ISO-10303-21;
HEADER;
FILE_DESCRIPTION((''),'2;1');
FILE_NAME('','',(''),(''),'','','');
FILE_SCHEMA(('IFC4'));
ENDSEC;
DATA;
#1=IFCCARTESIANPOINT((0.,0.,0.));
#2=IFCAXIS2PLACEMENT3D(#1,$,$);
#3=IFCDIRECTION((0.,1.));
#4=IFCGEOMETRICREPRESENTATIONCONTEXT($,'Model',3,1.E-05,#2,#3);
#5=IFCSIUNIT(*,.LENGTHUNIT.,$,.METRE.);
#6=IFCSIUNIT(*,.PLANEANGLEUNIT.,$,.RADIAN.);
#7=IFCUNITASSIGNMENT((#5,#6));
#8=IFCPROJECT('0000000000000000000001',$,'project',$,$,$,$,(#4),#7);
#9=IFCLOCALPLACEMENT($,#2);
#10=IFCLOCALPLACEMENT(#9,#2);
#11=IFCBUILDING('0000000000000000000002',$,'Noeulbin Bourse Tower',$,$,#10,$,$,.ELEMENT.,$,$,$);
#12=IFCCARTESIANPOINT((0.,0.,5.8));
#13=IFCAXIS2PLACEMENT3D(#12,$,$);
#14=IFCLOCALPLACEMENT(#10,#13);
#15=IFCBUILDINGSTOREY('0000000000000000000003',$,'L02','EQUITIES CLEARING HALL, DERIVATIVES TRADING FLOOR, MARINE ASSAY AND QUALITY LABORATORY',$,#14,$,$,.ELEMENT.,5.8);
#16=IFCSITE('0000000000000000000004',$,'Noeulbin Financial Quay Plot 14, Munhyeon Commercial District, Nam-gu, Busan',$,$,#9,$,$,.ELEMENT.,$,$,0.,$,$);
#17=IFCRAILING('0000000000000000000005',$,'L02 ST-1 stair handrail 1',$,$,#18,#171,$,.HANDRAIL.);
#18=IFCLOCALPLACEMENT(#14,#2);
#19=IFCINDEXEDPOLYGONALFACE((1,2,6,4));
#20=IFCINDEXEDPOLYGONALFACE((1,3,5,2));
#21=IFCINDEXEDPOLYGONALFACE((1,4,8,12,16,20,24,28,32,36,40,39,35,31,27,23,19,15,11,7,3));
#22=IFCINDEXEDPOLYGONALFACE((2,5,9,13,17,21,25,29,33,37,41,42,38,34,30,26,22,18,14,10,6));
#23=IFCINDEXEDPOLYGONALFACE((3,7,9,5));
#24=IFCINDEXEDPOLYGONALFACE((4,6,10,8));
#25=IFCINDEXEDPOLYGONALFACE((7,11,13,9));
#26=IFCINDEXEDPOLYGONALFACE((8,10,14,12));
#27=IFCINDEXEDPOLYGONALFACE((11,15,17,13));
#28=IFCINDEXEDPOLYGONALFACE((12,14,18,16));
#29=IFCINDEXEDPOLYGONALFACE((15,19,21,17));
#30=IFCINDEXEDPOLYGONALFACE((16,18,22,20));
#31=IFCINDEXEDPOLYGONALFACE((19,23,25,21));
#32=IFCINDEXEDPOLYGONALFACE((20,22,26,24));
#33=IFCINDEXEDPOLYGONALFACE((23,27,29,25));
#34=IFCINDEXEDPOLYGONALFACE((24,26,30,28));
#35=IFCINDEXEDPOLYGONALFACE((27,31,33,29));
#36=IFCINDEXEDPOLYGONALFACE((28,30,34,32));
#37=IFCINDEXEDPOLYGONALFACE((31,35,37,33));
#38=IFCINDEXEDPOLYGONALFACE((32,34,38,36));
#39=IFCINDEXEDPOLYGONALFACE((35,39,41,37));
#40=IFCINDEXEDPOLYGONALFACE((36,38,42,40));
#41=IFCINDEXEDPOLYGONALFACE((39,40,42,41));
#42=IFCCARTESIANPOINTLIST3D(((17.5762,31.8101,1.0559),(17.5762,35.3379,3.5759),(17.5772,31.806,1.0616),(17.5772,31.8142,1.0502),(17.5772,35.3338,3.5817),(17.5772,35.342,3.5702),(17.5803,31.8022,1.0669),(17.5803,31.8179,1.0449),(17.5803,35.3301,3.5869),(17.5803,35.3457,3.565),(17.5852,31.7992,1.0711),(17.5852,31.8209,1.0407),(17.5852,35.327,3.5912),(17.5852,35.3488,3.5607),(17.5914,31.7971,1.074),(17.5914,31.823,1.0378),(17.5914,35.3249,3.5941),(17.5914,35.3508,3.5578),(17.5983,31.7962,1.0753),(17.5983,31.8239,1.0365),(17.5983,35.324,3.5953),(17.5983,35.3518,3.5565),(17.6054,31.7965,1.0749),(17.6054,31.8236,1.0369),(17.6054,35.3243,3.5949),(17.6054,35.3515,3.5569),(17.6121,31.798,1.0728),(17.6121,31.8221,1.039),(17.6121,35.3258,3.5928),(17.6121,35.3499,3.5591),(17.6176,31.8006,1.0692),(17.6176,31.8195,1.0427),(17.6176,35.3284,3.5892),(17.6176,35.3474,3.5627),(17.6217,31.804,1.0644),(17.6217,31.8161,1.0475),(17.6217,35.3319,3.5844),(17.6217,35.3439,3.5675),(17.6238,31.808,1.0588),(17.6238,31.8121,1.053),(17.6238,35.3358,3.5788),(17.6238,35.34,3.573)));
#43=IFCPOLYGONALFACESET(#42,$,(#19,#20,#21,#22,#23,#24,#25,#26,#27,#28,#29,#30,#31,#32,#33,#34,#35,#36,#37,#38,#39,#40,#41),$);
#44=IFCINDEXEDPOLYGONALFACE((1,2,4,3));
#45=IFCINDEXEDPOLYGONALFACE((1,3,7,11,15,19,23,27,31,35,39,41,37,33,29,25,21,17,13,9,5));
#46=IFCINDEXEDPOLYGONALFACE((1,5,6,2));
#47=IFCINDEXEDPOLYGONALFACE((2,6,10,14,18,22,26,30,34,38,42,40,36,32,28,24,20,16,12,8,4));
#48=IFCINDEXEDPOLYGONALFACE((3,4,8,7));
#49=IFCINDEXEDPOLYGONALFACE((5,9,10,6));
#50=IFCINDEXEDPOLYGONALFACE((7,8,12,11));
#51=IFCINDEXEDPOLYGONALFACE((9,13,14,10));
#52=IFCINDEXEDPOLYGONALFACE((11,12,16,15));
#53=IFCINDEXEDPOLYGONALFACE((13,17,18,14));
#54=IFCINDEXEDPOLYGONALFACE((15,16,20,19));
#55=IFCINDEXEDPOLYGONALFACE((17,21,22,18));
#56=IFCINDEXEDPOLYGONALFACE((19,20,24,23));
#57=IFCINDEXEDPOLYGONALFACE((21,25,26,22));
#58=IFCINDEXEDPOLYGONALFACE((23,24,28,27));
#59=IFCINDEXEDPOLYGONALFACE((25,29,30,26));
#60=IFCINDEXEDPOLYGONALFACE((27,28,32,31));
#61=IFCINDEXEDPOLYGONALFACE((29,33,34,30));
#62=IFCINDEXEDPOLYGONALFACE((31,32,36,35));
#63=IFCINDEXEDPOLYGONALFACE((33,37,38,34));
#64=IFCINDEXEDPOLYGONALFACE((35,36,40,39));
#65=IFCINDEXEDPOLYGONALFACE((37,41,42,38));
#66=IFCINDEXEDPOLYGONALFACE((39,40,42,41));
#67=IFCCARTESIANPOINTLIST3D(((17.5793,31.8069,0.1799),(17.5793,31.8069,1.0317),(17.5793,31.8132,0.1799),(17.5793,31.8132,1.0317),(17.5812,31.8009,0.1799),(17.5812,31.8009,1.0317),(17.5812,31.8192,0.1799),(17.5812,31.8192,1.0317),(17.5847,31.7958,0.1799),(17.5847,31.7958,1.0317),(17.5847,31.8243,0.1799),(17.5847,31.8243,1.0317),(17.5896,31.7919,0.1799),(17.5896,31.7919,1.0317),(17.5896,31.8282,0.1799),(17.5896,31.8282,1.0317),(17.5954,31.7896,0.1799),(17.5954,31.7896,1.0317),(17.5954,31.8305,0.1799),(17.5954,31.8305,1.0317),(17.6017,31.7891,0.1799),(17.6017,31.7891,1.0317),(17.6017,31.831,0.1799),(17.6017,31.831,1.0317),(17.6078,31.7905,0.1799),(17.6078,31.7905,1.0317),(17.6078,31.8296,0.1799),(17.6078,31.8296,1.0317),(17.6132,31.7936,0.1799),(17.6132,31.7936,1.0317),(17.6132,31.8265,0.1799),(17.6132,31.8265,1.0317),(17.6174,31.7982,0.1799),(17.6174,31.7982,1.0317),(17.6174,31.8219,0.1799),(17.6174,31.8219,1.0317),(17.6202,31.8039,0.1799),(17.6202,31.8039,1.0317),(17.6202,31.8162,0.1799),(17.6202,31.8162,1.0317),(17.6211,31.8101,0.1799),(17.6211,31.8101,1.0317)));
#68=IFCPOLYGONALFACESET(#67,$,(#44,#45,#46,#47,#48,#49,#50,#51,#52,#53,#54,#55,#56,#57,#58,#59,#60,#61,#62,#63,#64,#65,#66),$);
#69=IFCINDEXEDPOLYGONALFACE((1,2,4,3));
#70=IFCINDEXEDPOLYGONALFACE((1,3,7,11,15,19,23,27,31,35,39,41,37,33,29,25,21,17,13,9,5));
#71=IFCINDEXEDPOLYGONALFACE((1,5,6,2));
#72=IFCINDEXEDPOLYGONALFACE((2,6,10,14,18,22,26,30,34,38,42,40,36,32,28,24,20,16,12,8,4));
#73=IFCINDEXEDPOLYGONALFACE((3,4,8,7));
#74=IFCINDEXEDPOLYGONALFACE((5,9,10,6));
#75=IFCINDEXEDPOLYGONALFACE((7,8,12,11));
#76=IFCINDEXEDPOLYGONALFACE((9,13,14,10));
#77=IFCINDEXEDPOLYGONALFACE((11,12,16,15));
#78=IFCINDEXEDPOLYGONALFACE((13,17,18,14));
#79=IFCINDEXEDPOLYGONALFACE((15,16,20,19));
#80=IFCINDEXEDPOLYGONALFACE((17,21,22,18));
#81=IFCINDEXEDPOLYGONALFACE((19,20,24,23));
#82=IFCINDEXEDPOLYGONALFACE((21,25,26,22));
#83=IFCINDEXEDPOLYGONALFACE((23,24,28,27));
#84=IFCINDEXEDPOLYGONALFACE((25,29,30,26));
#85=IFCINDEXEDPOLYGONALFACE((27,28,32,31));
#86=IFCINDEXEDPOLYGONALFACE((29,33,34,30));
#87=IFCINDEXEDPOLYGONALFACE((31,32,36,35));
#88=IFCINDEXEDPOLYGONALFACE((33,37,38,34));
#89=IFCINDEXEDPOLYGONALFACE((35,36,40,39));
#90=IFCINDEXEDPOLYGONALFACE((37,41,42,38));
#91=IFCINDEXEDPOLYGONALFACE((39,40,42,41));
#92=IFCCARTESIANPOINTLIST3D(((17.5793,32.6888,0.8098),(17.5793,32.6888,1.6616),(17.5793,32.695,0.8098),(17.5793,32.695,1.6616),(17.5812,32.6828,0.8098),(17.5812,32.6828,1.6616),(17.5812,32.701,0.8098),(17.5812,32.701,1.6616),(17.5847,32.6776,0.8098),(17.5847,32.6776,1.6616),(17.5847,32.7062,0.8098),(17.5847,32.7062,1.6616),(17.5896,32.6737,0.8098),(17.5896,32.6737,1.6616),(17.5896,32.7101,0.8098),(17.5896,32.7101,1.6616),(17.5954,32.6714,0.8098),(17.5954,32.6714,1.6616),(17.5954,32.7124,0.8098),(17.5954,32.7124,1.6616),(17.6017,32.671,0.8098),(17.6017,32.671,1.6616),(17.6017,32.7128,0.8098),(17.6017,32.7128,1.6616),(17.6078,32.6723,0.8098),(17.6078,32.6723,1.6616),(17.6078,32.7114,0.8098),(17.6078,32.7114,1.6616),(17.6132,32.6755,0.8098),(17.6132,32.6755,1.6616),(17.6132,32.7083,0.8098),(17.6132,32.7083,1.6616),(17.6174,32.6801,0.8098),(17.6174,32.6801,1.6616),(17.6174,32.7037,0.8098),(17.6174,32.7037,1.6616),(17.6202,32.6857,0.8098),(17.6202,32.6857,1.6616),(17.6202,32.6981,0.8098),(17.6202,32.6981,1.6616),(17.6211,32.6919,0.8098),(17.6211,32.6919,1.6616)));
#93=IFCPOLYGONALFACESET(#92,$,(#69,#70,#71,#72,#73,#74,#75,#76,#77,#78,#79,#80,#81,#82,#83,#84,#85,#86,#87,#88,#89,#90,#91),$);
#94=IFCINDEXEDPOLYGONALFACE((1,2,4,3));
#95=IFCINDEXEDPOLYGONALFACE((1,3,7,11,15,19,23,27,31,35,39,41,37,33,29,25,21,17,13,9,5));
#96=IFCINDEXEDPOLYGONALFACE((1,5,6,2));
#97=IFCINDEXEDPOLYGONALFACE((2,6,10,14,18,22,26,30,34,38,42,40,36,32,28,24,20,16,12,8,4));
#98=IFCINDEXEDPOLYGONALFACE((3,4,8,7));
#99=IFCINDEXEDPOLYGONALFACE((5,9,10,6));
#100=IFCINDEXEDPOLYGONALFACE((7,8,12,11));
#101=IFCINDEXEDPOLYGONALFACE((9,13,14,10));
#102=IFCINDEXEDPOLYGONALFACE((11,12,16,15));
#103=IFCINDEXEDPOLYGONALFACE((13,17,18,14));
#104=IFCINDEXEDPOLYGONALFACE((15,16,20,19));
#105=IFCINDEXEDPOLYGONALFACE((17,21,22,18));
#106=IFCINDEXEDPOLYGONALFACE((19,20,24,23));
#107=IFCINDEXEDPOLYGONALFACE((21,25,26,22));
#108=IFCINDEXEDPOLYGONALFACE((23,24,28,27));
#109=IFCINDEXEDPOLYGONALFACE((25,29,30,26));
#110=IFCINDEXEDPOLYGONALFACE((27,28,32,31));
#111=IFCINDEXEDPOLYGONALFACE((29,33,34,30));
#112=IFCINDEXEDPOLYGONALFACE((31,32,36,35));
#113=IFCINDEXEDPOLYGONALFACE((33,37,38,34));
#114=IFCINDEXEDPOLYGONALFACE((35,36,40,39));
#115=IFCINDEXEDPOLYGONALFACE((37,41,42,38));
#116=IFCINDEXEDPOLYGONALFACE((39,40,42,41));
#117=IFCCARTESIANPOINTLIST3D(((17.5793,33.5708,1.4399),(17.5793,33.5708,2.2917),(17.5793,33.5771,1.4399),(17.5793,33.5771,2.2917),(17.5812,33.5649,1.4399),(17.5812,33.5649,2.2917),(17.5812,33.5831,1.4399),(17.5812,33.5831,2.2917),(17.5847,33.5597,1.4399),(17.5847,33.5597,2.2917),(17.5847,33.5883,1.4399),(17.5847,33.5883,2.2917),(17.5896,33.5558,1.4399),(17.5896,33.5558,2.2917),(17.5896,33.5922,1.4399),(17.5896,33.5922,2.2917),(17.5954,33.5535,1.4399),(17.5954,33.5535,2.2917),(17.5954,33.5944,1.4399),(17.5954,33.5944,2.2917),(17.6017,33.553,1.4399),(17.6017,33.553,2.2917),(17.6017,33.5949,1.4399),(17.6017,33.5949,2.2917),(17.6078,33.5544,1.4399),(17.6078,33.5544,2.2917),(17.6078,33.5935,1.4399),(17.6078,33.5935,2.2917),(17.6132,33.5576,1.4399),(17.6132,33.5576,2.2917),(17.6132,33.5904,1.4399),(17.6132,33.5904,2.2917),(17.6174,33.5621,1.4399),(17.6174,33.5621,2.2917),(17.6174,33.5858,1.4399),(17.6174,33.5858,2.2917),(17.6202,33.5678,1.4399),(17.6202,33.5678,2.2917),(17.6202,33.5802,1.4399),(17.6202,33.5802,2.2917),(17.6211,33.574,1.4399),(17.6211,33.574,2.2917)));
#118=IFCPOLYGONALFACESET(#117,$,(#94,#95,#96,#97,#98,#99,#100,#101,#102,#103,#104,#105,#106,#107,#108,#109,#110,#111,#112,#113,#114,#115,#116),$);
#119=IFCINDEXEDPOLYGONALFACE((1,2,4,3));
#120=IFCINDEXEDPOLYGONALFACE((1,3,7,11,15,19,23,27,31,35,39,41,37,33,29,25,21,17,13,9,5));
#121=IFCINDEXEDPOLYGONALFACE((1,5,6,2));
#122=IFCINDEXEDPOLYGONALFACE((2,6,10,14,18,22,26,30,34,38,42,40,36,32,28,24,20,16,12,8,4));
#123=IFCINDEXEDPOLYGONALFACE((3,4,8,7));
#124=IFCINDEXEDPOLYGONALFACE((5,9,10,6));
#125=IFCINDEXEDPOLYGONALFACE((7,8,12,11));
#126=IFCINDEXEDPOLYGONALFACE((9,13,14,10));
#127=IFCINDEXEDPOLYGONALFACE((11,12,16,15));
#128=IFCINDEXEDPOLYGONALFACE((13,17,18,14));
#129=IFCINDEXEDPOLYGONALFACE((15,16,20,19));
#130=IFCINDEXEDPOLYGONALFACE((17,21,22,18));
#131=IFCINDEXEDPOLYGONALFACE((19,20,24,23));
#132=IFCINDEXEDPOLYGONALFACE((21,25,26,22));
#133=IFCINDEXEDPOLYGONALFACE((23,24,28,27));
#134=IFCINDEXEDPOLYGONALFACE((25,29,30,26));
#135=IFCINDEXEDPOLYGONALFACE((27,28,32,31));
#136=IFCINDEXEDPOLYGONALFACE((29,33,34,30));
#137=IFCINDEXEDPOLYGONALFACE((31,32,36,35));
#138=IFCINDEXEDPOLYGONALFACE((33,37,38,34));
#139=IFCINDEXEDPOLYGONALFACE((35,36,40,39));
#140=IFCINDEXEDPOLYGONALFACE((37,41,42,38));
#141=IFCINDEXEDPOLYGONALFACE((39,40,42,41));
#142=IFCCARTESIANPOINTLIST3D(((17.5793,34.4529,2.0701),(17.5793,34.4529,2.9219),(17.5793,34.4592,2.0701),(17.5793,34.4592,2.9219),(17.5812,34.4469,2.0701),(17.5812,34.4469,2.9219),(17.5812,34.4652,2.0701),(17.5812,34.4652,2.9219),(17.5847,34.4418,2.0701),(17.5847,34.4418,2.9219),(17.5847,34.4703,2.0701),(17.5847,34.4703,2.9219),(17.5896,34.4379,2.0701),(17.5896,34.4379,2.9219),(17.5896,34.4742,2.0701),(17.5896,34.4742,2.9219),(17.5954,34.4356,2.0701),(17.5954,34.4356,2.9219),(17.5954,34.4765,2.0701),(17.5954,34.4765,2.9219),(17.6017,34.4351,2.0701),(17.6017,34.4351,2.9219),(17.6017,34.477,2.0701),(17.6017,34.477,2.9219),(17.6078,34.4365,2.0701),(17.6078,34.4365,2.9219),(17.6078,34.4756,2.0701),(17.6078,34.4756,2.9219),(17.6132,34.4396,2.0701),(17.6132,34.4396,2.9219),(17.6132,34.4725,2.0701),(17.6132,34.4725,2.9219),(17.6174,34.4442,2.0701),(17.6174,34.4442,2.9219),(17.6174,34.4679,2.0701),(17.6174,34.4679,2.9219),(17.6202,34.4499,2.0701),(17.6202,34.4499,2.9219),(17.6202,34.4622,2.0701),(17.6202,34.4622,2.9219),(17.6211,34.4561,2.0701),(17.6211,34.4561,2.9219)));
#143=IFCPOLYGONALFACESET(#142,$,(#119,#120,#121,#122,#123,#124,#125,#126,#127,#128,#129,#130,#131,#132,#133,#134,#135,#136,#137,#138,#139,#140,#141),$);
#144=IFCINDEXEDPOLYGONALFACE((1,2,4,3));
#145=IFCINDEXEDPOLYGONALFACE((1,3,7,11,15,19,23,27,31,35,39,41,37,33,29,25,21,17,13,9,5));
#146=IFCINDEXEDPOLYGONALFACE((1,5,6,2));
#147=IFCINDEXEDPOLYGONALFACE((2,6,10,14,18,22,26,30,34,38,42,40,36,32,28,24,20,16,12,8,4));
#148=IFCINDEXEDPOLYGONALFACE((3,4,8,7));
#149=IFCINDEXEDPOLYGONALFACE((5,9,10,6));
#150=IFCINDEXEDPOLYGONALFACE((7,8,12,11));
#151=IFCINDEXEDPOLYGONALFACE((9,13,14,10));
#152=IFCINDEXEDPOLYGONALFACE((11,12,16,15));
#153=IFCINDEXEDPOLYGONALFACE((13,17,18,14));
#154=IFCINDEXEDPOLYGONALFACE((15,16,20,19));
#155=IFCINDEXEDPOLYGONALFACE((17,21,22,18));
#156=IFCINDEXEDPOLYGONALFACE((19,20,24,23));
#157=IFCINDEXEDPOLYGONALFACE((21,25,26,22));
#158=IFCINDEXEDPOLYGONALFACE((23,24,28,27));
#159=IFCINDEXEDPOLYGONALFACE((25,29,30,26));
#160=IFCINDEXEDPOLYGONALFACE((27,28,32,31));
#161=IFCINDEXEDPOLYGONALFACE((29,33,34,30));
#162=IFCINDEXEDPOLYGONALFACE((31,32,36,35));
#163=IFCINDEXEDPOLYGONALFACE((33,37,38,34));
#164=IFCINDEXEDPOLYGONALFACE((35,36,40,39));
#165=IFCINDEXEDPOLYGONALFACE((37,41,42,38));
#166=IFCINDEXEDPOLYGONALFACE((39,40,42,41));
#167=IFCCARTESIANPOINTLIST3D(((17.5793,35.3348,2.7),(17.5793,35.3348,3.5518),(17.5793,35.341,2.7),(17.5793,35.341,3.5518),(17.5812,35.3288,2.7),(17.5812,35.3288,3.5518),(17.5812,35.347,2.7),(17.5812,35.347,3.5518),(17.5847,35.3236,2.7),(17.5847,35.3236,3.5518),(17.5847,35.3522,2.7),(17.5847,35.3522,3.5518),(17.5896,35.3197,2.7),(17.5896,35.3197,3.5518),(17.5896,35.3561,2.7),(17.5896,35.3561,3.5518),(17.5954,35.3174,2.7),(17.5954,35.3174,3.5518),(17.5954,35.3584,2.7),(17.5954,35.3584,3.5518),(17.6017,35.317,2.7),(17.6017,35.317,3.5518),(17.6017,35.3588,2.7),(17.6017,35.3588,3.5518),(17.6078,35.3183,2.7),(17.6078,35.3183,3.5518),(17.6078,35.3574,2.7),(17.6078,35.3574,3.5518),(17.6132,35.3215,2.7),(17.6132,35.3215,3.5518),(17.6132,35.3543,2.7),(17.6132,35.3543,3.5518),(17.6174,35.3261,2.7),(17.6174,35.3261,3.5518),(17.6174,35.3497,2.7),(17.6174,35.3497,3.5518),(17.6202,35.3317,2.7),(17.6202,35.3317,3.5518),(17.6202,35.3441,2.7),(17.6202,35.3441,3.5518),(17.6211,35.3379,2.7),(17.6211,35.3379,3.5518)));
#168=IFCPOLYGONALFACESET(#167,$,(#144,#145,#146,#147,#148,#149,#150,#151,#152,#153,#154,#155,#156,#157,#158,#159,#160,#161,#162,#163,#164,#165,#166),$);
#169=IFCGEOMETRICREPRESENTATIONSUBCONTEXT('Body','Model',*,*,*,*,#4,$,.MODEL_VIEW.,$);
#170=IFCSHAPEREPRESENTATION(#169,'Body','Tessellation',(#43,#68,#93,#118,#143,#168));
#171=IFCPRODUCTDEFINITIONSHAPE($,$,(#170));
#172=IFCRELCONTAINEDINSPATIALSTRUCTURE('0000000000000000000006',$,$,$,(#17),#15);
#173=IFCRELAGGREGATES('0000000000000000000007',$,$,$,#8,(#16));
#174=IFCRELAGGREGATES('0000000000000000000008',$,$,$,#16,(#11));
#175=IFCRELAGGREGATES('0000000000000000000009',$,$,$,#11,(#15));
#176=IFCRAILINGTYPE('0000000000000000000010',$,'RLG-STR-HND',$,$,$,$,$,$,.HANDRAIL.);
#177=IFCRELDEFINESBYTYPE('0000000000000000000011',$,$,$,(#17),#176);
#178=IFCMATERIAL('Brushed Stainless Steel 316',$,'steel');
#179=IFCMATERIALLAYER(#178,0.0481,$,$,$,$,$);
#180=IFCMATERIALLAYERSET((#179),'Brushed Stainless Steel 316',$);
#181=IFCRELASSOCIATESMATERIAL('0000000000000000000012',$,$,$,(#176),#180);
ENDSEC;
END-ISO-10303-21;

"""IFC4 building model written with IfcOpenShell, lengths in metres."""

from ifc_helpers import new_model, si_unit, direction, frame, origin, origin_2d, place, context, subcontext, project, spatial, circle, extrude, material, layer, layer_set, type_object, element, save


model = new_model("IFC4")

# Units and contexts
model_context = context("Model", 3, precision=1e-05, world=origin(), true_north=direction((0.0, 1.0)))
body_context = subcontext(model_context, "Body", "Model", "MODEL_VIEW")
ifc_project = project(units=[si_unit("LENGTHUNIT", "METRE"), si_unit("PLANEANGLEUNIT", "RADIAN")], contexts=[model_context])

# Site, building, storey
site_placement = place(None, origin())
site = spatial("IfcSite", under=ifc_project, at=site_placement, Name="Noeulbin Financial Quay Plot 14, Munhyeon Commercial District, Nam-gu, Busan", CompositionType="ELEMENT", RefElevation=0.0)
building_placement = place(site_placement, origin())
building = spatial("IfcBuilding", under=site, at=building_placement, Name="Noeulbin Bourse Tower", CompositionType="ELEMENT")
storey_placement = place(building_placement, frame((0.0, 0.0, 5.8)))
storey = spatial("IfcBuildingStorey", under=building, at=storey_placement, Name="L02", Description="EQUITIES CLEARING HALL, DERIVATIVES TRADING FLOOR, MARINE ASSAY AND QUALITY LABORATORY", CompositionType="ELEMENT", Elevation=5.8)

# Railing
ifc_material_1 = material(Name="Brushed Stainless Steel 316", Category="steel")
ifc_layer_1 = layer(ifc_material_1, 0.0481)
ifc_layer_set_1 = layer_set([ifc_layer_1], Name="Brushed Stainless Steel 316")
railing_type_1 = type_object("IfcRailingType", Name="RLG-STR-HND", PredefinedType="HANDRAIL", material=ifc_layer_set_1)
railing_1_placement = place(storey_placement, frame((17.6001, 31.8101, 0.1799)))
element("IfcRailing", 1, at=railing_1_placement, inside=storey, type_object=railing_type_1, Name="L02 ST-1 stair handrail 1", PredefinedType="HANDRAIL", context=body_context, shape_type="SweptSolid", body=[
    extrude(circle(Radius=0.0239, at=origin_2d()), frame((0.0, 0.0, 0.876), z_axis=(0.0, 0.813718, 0.58126), x_axis=(-1.0, 0.0, 0.0)), (0.0, 0.0, 1.0), 4.3354),
    extrude(circle(Radius=0.021, at=origin_2d()), origin(), (0.0, 0.0, 1.0), 0.8518),
    extrude(circle(Radius=0.021, at=origin_2d()), frame((0.0, 0.8818, 0.6299)), (0.0, 0.0, 1.0), 0.8518),
    extrude(circle(Radius=0.021, at=origin_2d()), frame((0.0, 1.7639, 1.26)), (0.0, 0.0, 1.0), 0.8518),
    extrude(circle(Radius=0.021, at=origin_2d()), frame((0.0, 2.646, 1.8901)), (0.0, 0.0, 1.0), 0.8518),
    extrude(circle(Radius=0.021, at=origin_2d()), frame((0.0, 3.5278, 2.52)), (0.0, 0.0, 1.0), 0.8518),
])

save(model, "model.ifc")
